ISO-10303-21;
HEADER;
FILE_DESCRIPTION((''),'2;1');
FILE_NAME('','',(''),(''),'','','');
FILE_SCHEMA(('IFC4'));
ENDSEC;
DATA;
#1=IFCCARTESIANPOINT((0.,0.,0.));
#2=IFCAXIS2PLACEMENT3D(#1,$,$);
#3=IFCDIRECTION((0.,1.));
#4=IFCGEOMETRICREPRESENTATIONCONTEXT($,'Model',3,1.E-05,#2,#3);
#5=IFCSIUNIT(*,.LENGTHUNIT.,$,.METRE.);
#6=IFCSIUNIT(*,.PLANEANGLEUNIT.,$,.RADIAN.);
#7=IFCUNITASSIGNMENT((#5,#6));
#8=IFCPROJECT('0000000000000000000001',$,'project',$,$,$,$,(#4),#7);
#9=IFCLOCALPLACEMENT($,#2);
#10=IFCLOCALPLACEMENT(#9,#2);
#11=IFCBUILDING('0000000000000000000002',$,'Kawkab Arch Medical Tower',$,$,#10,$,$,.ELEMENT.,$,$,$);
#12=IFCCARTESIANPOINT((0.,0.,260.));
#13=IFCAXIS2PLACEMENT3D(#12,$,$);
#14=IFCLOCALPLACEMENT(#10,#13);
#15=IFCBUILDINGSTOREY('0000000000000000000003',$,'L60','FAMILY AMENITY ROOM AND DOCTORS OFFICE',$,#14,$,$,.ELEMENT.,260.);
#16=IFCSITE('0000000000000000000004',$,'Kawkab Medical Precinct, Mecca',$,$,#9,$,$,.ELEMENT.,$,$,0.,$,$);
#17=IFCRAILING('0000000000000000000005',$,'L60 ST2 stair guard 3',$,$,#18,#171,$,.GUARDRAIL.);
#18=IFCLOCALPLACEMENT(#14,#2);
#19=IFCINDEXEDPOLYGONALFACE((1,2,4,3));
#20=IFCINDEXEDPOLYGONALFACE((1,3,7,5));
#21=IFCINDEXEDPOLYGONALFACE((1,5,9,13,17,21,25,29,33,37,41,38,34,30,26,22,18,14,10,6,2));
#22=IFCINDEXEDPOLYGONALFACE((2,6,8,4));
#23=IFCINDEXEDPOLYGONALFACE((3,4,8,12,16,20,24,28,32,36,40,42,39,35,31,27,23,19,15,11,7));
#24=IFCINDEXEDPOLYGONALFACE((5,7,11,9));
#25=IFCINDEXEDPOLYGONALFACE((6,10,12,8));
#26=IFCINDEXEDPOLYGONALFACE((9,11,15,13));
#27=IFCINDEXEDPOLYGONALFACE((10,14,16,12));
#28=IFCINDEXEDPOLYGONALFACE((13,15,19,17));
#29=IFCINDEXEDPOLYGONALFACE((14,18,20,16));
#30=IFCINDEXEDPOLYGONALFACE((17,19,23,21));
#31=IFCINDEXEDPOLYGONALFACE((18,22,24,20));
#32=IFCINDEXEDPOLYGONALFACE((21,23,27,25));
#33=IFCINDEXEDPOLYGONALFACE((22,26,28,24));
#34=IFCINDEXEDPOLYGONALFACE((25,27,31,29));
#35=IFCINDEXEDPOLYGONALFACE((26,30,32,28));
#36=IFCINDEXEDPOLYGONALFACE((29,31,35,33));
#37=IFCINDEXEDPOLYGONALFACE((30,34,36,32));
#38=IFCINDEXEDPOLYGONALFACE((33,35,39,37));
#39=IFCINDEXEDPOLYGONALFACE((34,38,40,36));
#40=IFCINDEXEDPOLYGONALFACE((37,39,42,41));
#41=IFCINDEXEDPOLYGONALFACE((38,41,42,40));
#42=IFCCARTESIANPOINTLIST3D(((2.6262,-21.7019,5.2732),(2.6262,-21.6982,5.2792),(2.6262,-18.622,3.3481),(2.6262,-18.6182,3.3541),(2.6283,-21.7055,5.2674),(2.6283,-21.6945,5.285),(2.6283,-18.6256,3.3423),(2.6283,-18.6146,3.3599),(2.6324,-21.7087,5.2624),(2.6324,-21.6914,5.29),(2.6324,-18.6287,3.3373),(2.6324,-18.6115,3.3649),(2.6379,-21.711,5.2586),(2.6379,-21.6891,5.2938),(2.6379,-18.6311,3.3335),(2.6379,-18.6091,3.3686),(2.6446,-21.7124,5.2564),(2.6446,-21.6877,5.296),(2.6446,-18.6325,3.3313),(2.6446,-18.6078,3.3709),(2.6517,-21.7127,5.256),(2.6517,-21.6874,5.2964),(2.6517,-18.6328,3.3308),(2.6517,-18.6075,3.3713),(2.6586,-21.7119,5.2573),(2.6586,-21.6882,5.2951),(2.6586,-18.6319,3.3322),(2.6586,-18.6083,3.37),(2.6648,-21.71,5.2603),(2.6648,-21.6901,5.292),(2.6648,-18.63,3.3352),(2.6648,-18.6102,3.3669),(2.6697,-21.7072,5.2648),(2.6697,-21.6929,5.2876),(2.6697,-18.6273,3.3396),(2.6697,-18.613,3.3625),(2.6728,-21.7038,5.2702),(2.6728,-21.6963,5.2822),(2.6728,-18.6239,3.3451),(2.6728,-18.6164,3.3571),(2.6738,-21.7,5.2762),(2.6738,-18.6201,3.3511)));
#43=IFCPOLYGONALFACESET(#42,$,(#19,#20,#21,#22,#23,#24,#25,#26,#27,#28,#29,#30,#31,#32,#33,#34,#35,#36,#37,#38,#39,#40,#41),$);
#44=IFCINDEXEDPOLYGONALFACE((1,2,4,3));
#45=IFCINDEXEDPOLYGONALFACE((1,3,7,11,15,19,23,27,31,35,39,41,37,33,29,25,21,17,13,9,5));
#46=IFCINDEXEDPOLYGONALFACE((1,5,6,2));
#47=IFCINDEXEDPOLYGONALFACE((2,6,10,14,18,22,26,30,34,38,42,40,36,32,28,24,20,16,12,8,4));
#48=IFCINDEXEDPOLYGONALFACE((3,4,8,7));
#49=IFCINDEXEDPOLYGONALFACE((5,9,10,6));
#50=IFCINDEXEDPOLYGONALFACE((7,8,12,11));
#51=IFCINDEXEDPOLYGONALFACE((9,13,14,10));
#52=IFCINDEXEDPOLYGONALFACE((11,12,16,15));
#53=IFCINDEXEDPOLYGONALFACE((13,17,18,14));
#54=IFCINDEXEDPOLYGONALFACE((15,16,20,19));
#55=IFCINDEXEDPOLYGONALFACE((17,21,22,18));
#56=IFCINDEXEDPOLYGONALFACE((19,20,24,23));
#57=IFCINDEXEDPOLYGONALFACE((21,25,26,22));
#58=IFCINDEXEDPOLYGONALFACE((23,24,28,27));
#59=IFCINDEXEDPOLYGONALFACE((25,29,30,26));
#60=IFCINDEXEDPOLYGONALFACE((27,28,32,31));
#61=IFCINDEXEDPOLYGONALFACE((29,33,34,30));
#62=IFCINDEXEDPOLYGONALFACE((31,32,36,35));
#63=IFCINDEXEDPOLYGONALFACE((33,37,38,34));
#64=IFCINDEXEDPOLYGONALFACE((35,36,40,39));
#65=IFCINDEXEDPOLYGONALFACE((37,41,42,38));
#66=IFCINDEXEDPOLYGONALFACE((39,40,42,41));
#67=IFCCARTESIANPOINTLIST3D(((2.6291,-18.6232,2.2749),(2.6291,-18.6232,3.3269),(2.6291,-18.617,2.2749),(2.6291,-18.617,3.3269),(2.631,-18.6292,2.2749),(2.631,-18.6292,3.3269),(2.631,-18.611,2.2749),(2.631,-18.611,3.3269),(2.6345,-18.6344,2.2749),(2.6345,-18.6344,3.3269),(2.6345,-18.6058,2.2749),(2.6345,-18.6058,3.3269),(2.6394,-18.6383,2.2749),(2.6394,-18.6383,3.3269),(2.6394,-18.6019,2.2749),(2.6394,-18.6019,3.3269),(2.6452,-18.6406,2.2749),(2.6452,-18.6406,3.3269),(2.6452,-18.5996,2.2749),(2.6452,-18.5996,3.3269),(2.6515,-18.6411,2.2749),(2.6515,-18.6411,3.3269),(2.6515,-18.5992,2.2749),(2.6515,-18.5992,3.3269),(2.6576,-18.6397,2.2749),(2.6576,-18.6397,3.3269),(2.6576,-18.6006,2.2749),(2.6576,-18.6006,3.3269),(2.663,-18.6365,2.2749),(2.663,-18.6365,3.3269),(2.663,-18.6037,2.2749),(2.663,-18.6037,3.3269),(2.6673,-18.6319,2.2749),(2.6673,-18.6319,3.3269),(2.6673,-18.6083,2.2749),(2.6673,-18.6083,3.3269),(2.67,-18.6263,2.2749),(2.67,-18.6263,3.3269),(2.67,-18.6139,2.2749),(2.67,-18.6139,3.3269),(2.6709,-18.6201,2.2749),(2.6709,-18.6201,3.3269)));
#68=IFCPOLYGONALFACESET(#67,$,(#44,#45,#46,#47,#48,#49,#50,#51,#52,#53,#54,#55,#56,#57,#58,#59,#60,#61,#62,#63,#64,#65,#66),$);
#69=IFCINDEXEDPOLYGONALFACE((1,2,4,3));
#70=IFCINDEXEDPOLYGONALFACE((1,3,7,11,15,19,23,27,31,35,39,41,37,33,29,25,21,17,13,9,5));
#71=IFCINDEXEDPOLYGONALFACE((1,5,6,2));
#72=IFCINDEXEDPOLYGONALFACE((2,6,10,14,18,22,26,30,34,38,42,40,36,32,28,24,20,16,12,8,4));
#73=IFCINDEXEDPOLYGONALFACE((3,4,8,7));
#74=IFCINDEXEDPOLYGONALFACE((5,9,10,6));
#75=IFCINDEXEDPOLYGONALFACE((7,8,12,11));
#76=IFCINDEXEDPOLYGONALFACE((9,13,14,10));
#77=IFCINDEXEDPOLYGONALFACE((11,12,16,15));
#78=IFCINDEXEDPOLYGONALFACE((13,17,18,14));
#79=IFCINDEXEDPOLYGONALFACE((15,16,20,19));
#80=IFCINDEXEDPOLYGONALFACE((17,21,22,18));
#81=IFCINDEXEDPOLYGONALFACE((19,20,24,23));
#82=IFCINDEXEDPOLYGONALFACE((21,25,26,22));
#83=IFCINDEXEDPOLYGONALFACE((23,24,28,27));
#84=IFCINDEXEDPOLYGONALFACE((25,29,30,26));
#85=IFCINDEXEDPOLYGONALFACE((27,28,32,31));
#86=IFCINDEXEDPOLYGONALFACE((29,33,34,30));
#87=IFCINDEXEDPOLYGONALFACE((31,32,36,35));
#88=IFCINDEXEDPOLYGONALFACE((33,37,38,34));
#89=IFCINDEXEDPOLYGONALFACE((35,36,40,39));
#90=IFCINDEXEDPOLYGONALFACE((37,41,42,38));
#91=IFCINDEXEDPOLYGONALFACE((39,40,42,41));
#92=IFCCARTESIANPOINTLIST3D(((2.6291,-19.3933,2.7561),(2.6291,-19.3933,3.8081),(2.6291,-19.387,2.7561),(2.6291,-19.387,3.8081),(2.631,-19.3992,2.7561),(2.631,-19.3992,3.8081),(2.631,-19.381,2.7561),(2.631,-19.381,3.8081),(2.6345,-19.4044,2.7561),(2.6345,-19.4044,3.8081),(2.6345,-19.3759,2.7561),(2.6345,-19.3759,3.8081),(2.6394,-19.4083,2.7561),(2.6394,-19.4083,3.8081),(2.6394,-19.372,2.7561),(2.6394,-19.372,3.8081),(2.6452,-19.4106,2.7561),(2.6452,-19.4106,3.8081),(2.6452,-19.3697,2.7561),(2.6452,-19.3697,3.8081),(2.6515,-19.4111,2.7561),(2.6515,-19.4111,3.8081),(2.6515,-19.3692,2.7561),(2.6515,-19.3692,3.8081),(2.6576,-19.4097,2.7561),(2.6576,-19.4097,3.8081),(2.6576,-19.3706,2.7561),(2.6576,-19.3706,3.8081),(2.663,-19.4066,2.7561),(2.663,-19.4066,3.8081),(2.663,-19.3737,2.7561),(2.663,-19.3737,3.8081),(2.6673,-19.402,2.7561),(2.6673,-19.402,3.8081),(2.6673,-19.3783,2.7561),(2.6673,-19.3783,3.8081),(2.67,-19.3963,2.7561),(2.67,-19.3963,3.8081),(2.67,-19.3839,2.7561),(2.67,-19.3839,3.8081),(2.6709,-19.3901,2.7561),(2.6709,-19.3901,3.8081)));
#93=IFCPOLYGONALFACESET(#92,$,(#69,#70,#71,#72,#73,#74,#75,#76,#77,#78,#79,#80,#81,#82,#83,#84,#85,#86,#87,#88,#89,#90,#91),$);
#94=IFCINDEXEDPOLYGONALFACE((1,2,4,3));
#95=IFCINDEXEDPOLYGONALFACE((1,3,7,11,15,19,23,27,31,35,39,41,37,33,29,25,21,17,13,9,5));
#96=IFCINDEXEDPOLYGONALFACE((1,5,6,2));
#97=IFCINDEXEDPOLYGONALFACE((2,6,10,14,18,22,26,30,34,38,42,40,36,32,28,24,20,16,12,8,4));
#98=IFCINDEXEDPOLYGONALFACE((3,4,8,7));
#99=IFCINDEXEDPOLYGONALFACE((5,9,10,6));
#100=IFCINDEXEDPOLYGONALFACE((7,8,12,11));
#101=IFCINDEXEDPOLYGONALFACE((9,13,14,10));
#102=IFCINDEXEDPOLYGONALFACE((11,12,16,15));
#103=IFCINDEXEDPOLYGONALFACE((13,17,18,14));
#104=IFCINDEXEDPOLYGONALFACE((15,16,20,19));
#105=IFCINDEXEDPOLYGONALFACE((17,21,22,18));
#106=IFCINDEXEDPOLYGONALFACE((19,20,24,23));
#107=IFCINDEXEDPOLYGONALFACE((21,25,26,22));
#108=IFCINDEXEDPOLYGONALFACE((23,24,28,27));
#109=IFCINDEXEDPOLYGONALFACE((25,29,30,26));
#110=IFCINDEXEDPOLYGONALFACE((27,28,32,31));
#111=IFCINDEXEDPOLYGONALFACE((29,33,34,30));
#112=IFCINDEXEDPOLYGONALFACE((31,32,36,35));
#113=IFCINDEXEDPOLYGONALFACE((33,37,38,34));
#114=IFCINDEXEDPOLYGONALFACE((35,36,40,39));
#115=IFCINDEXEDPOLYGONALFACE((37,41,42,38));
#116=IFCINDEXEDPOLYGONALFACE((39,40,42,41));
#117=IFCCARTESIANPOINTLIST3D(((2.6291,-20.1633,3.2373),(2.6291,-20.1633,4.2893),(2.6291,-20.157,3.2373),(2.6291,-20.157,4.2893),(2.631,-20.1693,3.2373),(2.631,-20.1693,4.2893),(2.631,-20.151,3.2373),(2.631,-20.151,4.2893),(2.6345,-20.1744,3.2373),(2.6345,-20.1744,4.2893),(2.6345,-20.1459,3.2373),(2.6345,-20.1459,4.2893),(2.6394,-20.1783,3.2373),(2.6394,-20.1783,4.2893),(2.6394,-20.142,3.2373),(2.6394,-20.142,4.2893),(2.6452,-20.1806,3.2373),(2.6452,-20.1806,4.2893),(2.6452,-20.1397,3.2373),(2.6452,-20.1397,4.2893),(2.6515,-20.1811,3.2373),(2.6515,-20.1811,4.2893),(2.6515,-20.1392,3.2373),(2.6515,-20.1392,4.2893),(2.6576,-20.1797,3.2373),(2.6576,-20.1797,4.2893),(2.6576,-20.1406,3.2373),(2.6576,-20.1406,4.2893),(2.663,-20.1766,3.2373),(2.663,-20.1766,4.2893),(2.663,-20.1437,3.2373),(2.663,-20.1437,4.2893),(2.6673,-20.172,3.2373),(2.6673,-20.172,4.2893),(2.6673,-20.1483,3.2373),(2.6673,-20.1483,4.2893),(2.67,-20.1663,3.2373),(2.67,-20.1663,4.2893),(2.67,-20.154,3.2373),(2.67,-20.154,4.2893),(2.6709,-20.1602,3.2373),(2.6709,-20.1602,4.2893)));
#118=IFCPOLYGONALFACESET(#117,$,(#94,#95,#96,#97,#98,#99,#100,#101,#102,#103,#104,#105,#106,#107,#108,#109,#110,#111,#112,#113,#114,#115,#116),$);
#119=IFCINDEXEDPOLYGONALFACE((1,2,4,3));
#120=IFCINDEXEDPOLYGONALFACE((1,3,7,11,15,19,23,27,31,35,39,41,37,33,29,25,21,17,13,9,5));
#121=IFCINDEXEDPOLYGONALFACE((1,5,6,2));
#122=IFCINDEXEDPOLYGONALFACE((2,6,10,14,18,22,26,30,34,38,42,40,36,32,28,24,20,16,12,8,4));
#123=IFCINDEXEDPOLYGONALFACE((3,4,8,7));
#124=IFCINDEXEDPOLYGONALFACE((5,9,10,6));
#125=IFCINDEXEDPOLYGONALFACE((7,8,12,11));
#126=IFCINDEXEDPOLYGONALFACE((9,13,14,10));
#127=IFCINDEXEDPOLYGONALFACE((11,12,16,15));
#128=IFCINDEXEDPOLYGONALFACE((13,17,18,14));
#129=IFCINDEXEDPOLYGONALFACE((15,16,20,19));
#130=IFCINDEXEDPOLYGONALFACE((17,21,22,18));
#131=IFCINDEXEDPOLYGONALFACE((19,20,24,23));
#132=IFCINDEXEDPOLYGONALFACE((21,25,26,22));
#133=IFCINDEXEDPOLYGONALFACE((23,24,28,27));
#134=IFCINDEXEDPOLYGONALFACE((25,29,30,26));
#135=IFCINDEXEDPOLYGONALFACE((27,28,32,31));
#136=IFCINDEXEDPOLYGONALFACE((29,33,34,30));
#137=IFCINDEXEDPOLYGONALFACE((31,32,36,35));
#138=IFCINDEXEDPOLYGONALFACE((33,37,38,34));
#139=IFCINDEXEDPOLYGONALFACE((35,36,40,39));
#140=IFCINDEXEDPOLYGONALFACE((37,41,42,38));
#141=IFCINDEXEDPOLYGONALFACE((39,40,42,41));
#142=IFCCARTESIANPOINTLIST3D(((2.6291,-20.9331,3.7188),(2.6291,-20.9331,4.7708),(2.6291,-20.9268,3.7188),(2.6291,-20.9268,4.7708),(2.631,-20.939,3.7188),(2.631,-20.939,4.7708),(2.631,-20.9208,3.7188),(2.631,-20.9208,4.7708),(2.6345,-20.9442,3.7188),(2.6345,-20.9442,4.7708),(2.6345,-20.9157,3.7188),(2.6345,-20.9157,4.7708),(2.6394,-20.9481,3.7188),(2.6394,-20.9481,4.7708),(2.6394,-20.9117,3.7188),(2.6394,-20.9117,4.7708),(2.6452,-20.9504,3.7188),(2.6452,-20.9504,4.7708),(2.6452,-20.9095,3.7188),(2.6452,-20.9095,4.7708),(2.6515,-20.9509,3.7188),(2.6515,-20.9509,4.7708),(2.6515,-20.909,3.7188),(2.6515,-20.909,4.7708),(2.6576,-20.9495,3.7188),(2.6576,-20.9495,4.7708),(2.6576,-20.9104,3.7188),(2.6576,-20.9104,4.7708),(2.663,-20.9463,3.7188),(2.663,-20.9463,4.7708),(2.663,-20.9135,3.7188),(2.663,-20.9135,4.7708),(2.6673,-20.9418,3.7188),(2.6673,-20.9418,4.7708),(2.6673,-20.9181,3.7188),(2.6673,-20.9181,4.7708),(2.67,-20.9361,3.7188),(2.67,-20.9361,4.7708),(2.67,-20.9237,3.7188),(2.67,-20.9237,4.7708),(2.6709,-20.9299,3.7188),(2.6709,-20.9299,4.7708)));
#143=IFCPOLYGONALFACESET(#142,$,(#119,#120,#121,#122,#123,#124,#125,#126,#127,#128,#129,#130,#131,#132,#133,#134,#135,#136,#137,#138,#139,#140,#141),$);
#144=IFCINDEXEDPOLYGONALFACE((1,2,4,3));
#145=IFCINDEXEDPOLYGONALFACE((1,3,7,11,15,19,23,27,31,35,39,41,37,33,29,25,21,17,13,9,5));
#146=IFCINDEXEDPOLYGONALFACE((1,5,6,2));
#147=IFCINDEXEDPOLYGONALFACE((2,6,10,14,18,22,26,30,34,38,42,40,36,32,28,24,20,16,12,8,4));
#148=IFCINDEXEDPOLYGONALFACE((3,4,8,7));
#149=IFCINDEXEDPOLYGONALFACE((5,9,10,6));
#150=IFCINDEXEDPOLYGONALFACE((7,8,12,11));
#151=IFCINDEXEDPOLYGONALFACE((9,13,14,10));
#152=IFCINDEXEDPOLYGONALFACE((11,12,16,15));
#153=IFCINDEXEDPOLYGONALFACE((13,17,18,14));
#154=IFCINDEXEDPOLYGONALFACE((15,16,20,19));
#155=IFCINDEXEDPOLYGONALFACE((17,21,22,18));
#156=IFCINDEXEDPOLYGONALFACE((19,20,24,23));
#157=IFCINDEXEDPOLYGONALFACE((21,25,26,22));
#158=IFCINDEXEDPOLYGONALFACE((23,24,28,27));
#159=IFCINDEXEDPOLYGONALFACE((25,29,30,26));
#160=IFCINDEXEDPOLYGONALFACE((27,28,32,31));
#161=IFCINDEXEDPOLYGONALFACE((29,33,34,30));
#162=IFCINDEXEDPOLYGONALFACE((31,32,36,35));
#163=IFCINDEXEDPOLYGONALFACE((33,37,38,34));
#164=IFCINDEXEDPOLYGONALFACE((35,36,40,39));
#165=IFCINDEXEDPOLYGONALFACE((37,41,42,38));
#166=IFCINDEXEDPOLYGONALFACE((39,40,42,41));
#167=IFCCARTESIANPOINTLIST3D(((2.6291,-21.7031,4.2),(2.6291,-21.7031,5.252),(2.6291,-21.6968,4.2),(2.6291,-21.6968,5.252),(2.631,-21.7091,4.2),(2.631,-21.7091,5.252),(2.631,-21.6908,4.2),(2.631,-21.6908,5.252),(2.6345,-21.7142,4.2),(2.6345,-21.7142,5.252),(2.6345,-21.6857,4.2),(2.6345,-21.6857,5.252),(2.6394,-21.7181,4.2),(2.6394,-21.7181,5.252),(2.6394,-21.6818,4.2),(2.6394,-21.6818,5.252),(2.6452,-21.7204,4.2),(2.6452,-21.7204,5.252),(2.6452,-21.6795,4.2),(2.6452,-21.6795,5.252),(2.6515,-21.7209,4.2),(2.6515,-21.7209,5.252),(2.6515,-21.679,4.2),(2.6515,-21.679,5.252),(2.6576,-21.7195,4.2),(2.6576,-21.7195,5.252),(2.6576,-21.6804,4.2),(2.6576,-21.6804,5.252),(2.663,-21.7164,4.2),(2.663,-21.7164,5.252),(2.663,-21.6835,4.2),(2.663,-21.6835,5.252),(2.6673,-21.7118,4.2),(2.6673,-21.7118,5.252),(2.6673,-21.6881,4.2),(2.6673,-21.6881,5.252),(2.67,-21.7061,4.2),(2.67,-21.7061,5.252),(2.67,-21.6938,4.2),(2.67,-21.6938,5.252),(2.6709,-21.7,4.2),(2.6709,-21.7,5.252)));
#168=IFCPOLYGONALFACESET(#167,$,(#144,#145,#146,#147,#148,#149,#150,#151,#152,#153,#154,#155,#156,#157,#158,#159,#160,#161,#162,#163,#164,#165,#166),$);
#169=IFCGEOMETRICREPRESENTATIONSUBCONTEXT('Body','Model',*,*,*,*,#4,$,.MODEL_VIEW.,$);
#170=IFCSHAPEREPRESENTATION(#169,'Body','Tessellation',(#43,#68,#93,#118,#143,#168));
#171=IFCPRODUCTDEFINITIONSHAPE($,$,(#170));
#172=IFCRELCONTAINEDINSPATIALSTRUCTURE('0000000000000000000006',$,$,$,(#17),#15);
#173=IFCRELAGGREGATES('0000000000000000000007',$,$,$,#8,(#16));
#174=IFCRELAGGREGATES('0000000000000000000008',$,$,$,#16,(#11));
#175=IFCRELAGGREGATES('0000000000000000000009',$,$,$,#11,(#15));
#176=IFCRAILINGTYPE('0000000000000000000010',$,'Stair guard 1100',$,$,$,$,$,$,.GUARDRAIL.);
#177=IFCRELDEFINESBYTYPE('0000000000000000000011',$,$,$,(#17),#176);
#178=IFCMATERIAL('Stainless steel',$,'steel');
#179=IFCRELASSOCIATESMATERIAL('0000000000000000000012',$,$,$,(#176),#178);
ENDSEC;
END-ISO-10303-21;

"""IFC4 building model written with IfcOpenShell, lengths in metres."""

from ifc_helpers import new_model, si_unit, direction, frame, origin, origin_2d, place, context, subcontext, project, spatial, circle, extrude, material, type_object, element, save


model = new_model("IFC4")

# Units and contexts
model_context = context("Model", 3, precision=1e-05, world=origin(), true_north=direction((0.0, 1.0)))
body_context = subcontext(model_context, "Body", "Model", "MODEL_VIEW")
ifc_project = project(units=[si_unit("LENGTHUNIT", "METRE"), si_unit("PLANEANGLEUNIT", "RADIAN")], contexts=[model_context])

# Site, building, storey
site_placement = place(None, origin())
site = spatial("IfcSite", under=ifc_project, at=site_placement, Name="Kawkab Medical Precinct, Mecca", CompositionType="ELEMENT", RefElevation=0.0)
building_placement = place(site_placement, origin())
building = spatial("IfcBuilding", under=site, at=building_placement, Name="Kawkab Arch Medical Tower", CompositionType="ELEMENT")
storey_placement = place(building_placement, frame((0.0, 0.0, 260.0)))
storey = spatial("IfcBuildingStorey", under=building, at=storey_placement, Name="L60", Description="FAMILY AMENITY ROOM AND DOCTORS OFFICE", CompositionType="ELEMENT", Elevation=260.0)

# Railing
ifc_material_1 = material(Name="Stainless steel", Category="steel")
railing_type = type_object("IfcRailingType", Name="Stair guard 1100", PredefinedType="GUARDRAIL", material=ifc_material_1)
railing_1_placement = place(storey_placement, frame((2.6499, -18.6201, 2.2749)))
element("IfcRailing", 1, at=railing_1_placement, inside=storey, type_object=railing_type, Name="L60 ST2 stair guard 3", PredefinedType="GUARDRAIL", context=body_context, shape_type="SweptSolid", body=[
    extrude(circle(Radius=0.0239, at=origin_2d()), frame((0.0, 0.0, 1.0762), z_axis=(0.0, -0.847979, 0.530029), x_axis=(1.0, 0.0, 0.0)), (0.0, 0.0, 1.0), 3.6321),
    extrude(circle(Radius=0.021, at=origin_2d()), origin(), (0.0, 0.0, 1.0), 1.052),
    extrude(circle(Radius=0.021, at=origin_2d()), frame((0.0, -0.77, 0.4812)), (0.0, 0.0, 1.0), 1.052),
    extrude(circle(Radius=0.021, at=origin_2d()), frame((0.0, -1.54, 0.9624)), (0.0, 0.0, 1.0), 1.052),
    extrude(circle(Radius=0.021, at=origin_2d()), frame((0.0, -2.3098, 1.4438)), (0.0, 0.0, 1.0), 1.052),
    extrude(circle(Radius=0.021, at=origin_2d()), frame((0.0, -3.0798, 1.925)), (0.0, 0.0, 1.0), 1.052),
])

save(model, "model.ifc")
